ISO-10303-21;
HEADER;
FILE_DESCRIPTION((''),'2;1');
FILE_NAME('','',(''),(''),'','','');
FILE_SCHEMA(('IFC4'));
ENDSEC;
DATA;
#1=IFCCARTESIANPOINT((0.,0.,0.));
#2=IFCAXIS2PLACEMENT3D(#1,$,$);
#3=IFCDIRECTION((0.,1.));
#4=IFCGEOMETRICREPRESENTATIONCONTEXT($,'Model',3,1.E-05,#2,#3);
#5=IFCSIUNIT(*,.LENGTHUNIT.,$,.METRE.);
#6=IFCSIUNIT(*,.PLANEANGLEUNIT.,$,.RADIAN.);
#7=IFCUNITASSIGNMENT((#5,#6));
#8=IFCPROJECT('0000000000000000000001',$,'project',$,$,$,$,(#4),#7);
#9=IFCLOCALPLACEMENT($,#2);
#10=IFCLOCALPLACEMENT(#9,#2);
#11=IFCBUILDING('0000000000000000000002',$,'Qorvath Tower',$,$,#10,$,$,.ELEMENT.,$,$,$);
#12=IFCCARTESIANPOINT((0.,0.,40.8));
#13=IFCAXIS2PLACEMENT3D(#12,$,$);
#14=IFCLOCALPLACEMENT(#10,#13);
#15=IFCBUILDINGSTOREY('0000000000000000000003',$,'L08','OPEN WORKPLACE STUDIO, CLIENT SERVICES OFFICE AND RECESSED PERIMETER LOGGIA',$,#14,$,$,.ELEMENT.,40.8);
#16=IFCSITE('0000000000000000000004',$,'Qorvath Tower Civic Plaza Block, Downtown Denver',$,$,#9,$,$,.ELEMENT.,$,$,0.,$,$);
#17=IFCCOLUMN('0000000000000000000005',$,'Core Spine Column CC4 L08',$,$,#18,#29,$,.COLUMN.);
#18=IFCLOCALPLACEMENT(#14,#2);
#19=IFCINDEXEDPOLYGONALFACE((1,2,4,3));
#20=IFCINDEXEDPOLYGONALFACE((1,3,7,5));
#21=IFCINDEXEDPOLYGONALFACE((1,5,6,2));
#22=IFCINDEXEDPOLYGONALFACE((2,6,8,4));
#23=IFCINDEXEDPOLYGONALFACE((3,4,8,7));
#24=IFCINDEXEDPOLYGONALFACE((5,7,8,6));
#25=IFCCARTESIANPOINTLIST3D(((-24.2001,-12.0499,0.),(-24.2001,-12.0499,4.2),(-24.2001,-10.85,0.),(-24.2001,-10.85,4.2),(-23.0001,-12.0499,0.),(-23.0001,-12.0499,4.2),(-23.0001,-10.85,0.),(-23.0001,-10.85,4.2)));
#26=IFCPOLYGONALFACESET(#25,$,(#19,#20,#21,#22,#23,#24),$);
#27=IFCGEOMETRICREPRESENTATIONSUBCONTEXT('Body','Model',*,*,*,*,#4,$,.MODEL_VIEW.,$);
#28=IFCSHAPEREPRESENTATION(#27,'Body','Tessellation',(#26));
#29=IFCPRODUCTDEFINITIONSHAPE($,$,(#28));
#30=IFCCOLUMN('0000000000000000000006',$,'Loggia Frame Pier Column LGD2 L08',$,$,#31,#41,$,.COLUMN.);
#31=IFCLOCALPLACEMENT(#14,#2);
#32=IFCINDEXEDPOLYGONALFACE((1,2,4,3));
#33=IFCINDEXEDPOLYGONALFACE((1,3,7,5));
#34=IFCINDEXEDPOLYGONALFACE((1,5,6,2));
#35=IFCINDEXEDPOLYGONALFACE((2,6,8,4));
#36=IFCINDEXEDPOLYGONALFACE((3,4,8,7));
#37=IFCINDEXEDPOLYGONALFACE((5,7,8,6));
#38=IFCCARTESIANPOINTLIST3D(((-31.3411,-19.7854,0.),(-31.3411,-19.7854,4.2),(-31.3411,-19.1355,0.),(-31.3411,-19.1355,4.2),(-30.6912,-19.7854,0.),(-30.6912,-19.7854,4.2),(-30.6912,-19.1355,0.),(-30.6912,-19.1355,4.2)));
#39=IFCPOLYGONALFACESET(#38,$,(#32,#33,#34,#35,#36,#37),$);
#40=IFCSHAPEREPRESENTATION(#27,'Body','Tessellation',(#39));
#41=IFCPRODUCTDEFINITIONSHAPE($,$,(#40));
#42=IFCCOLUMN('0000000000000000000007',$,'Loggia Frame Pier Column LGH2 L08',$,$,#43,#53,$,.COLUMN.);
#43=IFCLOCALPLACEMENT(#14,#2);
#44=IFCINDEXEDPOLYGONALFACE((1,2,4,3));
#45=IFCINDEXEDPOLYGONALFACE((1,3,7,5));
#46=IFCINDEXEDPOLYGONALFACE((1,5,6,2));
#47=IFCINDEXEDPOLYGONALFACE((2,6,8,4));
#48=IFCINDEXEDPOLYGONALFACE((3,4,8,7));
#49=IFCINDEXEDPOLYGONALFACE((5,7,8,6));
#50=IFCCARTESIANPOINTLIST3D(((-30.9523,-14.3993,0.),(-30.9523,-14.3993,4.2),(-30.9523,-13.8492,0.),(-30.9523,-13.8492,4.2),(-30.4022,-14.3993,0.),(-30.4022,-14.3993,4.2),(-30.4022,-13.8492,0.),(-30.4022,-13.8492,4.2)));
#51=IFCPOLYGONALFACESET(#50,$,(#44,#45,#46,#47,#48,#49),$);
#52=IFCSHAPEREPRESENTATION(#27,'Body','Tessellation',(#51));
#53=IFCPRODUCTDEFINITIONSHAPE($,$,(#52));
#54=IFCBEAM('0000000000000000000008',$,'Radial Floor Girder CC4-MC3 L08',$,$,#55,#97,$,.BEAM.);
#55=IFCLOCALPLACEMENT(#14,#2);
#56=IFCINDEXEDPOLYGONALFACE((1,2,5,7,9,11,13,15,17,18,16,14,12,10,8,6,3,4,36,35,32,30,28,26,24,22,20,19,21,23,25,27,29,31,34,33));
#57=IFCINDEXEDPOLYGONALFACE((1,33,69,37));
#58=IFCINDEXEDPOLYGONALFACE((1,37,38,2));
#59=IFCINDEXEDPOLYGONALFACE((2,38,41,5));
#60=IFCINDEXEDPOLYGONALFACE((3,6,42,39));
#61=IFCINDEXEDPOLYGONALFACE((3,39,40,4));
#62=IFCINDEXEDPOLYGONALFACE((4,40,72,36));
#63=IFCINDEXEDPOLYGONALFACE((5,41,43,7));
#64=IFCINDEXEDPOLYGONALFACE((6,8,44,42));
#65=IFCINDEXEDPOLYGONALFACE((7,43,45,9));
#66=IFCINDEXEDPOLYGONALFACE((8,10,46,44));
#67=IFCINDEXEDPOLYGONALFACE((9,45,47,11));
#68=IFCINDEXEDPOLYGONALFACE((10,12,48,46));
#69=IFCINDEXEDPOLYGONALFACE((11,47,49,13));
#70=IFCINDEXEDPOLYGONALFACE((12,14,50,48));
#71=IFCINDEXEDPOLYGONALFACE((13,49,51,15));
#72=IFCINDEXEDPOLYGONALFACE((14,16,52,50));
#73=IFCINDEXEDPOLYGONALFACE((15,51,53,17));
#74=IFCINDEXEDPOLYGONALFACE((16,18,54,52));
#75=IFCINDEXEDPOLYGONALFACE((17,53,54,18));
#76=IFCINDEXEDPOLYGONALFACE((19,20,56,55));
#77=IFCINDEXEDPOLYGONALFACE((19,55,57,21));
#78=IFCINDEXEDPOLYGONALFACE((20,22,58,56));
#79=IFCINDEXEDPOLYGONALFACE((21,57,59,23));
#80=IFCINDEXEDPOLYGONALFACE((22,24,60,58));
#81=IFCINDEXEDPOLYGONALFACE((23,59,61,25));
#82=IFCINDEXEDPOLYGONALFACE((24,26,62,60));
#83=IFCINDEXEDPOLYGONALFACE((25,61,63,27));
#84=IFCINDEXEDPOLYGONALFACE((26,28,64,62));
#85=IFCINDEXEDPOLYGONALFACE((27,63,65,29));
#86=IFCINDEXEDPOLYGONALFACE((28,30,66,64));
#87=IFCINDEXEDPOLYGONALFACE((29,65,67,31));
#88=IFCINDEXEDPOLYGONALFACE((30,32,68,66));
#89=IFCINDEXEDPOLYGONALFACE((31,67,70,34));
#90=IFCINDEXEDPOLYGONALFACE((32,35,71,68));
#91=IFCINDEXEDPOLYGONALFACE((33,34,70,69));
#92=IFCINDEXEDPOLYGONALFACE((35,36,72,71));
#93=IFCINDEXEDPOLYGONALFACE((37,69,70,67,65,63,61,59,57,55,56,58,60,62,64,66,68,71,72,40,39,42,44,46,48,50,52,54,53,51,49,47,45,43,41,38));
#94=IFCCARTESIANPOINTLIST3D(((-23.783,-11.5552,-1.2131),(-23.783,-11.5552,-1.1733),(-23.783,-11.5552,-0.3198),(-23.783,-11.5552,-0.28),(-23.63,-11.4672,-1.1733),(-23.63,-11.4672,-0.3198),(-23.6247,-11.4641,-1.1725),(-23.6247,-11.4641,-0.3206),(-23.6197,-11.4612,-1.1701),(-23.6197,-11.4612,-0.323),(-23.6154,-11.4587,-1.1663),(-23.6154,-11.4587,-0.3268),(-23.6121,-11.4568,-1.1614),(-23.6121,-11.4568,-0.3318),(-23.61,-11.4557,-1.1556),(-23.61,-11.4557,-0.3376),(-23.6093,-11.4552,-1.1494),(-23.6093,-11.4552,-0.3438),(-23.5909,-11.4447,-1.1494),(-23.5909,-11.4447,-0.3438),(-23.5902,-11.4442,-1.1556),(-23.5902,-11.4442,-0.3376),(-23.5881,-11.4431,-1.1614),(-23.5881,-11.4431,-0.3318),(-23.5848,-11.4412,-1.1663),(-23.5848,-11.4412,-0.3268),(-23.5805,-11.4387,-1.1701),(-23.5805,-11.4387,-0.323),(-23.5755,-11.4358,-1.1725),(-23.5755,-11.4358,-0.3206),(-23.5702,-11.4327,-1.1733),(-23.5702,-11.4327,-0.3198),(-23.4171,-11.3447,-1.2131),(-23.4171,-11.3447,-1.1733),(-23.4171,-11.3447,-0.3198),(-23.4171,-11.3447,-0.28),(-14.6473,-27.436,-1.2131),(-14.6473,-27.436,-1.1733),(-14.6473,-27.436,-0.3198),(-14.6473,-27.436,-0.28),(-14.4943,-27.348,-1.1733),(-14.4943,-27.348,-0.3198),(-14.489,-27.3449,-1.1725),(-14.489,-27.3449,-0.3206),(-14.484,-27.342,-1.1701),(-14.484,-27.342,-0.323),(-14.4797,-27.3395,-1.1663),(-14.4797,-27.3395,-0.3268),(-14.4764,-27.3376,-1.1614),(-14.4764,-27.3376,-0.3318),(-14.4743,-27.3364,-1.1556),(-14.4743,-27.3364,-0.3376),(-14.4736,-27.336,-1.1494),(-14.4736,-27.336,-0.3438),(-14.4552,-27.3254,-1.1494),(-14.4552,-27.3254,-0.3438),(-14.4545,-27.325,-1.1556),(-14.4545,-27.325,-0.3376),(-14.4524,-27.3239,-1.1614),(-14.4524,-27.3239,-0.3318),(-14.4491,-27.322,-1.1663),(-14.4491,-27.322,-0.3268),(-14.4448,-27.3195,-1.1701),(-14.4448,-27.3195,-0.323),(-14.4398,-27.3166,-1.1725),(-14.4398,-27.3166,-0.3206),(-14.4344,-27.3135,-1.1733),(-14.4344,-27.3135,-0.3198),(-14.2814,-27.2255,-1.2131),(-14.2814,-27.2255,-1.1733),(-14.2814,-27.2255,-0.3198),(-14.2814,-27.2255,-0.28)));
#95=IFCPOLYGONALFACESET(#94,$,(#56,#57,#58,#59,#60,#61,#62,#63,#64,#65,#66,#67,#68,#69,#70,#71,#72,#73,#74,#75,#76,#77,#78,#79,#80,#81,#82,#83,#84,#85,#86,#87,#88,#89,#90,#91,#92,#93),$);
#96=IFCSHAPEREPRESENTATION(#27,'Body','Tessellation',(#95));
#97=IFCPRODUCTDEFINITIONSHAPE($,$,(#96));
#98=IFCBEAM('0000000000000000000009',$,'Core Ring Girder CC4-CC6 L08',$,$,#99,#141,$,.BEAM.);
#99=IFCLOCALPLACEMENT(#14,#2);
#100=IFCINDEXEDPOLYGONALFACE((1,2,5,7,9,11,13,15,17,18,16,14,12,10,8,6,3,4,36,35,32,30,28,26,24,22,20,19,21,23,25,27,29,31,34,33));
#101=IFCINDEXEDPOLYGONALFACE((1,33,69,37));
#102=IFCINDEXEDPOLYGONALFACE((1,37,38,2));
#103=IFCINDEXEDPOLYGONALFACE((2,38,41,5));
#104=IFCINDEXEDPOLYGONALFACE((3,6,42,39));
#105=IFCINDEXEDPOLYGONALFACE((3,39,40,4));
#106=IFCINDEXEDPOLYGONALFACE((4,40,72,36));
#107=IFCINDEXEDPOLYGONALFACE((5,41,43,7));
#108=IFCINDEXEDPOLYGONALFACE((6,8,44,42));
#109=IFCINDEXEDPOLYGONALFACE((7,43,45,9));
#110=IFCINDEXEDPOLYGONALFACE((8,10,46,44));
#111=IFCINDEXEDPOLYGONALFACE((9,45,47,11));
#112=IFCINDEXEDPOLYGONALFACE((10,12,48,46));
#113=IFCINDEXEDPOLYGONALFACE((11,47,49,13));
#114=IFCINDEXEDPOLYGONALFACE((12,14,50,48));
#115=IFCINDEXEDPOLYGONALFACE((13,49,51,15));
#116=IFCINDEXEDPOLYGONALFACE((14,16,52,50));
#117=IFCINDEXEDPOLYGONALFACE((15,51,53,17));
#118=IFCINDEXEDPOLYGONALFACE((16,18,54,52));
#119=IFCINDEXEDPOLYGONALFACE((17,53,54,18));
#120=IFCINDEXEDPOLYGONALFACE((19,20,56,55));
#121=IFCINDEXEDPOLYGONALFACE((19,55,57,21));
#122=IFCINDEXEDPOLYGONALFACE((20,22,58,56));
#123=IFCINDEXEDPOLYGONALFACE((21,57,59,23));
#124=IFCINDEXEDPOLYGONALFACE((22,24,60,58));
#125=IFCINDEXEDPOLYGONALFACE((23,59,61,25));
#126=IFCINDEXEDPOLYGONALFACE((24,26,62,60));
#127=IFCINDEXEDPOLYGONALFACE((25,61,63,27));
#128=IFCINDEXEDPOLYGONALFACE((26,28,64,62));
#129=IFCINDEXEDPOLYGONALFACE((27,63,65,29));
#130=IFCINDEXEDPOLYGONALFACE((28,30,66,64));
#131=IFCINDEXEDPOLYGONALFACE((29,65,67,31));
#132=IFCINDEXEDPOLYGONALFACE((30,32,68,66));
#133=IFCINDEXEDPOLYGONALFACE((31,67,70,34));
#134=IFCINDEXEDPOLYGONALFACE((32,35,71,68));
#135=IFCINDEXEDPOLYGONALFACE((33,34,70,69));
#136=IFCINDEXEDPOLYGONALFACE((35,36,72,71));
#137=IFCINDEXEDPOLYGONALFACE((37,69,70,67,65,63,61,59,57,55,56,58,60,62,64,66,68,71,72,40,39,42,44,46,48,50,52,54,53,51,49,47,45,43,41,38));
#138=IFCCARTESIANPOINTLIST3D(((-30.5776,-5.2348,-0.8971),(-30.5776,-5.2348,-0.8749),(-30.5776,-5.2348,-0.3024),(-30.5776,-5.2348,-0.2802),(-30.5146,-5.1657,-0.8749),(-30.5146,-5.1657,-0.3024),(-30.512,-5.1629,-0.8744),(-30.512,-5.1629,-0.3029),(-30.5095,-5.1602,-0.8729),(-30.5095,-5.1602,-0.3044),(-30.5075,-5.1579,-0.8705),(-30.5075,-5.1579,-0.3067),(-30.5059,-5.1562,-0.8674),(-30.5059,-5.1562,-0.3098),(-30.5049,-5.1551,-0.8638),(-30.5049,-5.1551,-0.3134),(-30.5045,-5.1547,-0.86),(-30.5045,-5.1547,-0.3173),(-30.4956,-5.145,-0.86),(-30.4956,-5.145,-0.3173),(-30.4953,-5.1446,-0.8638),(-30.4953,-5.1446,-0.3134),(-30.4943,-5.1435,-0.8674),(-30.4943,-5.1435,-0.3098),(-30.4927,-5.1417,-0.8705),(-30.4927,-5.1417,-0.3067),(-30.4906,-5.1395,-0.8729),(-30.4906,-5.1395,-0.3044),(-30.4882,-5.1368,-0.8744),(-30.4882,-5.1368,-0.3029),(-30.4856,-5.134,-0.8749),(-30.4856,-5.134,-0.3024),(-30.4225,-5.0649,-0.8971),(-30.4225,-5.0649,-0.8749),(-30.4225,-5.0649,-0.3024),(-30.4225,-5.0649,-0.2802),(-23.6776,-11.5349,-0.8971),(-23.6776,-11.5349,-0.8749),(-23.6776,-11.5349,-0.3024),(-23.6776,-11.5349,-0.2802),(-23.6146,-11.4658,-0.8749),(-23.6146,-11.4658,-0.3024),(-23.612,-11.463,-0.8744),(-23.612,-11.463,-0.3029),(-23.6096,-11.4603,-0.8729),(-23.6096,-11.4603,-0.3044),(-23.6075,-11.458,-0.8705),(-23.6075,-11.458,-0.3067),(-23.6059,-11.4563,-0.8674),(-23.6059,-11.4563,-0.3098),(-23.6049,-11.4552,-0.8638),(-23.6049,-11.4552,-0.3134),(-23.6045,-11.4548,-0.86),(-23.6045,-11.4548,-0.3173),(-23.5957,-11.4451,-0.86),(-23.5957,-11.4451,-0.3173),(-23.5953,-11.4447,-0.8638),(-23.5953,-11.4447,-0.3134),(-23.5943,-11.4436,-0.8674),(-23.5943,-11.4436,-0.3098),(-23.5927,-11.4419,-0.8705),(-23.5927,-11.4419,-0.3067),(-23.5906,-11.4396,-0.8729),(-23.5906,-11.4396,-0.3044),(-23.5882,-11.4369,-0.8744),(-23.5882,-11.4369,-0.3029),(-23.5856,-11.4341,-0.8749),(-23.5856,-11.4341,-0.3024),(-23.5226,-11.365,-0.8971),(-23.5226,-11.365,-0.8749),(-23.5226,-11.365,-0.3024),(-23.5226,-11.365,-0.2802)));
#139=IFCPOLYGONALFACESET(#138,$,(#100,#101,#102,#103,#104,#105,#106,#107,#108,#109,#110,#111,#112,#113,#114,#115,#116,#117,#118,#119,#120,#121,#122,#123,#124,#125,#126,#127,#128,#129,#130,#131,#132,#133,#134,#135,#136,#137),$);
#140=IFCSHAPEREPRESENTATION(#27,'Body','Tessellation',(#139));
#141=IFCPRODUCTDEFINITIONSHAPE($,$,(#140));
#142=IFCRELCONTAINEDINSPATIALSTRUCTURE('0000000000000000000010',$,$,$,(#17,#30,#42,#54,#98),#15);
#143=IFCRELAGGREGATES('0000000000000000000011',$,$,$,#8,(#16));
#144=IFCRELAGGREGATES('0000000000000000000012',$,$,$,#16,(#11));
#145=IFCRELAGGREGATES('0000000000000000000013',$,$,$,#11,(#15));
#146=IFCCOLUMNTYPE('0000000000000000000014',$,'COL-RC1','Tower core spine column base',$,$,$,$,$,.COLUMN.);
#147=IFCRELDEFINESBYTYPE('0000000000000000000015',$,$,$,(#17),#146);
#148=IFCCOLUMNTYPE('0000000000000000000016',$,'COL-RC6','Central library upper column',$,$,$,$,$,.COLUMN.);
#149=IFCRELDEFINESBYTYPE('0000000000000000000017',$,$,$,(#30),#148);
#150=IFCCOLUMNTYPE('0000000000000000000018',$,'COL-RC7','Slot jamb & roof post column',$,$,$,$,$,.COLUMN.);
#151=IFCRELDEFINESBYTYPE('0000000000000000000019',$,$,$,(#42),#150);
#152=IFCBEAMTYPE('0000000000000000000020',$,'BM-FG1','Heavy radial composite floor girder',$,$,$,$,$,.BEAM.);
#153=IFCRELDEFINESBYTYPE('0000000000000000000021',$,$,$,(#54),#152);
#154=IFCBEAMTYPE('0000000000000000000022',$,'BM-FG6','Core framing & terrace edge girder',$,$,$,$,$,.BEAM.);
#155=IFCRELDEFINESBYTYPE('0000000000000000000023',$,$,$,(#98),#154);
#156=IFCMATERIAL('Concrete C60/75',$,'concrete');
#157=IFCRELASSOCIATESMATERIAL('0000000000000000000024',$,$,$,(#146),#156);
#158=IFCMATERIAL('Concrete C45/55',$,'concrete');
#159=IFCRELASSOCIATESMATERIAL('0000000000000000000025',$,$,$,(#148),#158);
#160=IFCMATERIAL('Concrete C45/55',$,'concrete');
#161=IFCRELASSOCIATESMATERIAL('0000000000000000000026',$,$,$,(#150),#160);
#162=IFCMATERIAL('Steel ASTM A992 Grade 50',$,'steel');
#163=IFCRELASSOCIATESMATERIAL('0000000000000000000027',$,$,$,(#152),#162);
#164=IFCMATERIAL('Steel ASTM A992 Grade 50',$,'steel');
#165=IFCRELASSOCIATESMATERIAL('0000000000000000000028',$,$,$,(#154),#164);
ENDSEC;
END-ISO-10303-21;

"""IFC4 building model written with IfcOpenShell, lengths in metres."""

from ifc_helpers import new_model, si_unit, direction, frame, origin, origin_2d, place, context, subcontext, project, spatial, rectangle, i_section, extrude, material, material_profile, profile_set, type_object, element, save


model = new_model("IFC4")

# Units and contexts
model_context = context("Model", 3, precision=1e-05, world=origin(), true_north=direction((0.0, 1.0)))
body_context = subcontext(model_context, "Body", "Model", "MODEL_VIEW")
ifc_project = project(units=[si_unit("LENGTHUNIT", "METRE"), si_unit("PLANEANGLEUNIT", "RADIAN")], contexts=[model_context])

# Site, building, storey
site_placement = place(None, origin())
site = spatial("IfcSite", under=ifc_project, at=site_placement, Name="Qorvath Tower Civic Plaza Block, Downtown Denver", CompositionType="ELEMENT", RefElevation=0.0)
building_placement = place(site_placement, origin())
building = spatial("IfcBuilding", under=site, at=building_placement, Name="Qorvath Tower", CompositionType="ELEMENT")
storey_placement = place(building_placement, frame((0.0, 0.0, 40.8)))
storey = spatial("IfcBuildingStorey", under=building, at=storey_placement, Name="L08", Description="OPEN WORKPLACE STUDIO, CLIENT SERVICES OFFICE AND RECESSED PERIMETER LOGGIA", CompositionType="ELEMENT", Elevation=40.8)

# Columns
ifc_material_1 = material(Name="Concrete C60/75", Category="concrete")
ifc_material_profile_1 = material_profile(ifc_material_1, rectangle(XDim=1.2, YDim=1.2, at=origin_2d()), Name="RC 1200x1200")
ifc_profile_set_1 = profile_set([ifc_material_profile_1], Name="Concrete C60/75")
column_type_1 = type_object("IfcColumnType", Name="COL-RC1", Description="Tower core spine column base", PredefinedType="COLUMN", material=ifc_profile_set_1)
column_1_placement = place(storey_placement, frame((-23.6001, -11.45, 0.0), z_axis=(0.0, 0.0, 1.0), x_axis=(1.0, 0.0, 0.0)))
element("IfcColumn", 1, at=column_1_placement, inside=storey, type_object=column_type_1, Name="Core Spine Column CC4 L08", PredefinedType="COLUMN", context=body_context, shape_type="SweptSolid", body=[
    extrude(rectangle(XDim=1.2, YDim=1.2, at=origin_2d()), origin(), (0.0, 0.0, 1.0), 4.2),
])
ifc_material_2 = material(Name="Concrete C45/55", Category="concrete")
ifc_material_profile_2 = material_profile(ifc_material_2, rectangle(XDim=0.6499, YDim=0.6499, at=origin_2d()), Name="RC 650x650")
ifc_profile_set_2 = profile_set([ifc_material_profile_2], Name="Concrete C45/55")
column_type_2 = type_object("IfcColumnType", Name="COL-RC6", Description="Central library upper column", PredefinedType="COLUMN", material=ifc_profile_set_2)
column_2_placement = place(storey_placement, frame((-31.0161, -19.4604, 0.0), z_axis=(0.0, 0.0, 1.0), x_axis=(1.0, 0.0, 0.0)))
element("IfcColumn", 2, at=column_2_placement, inside=storey, type_object=column_type_2, Name="Loggia Frame Pier Column LGD2 L08", PredefinedType="COLUMN", context=body_context, shape_type="SweptSolid", body=[
    extrude(rectangle(XDim=0.6499, YDim=0.6499, at=origin_2d()), origin(), (0.0, 0.0, 1.0), 4.2),
])
ifc_material_3 = material(Name="Concrete C45/55", Category="concrete")
ifc_material_profile_3 = material_profile(ifc_material_3, rectangle(XDim=0.55, YDim=0.55, at=origin_2d()), Name="RC 550x550")
ifc_profile_set_3 = profile_set([ifc_material_profile_3], Name="Concrete C45/55")
column_type_3 = type_object("IfcColumnType", Name="COL-RC7", Description="Slot jamb & roof post column", PredefinedType="COLUMN", material=ifc_profile_set_3)
column_3_placement = place(storey_placement, frame((-30.6772, -14.1243, 0.0), z_axis=(0.0, 0.0, 1.0), x_axis=(1.0, 0.0, 0.0)))
element("IfcColumn", 3, at=column_3_placement, inside=storey, type_object=column_type_3, Name="Loggia Frame Pier Column LGH2 L08", PredefinedType="COLUMN", context=body_context, shape_type="SweptSolid", body=[
    extrude(rectangle(XDim=0.55, YDim=0.55, at=origin_2d()), origin(), (0.0, 0.0, 1.0), 4.2),
])

# Beams
ifc_material_4 = material(Name="Steel ASTM A992 Grade 50", Category="steel")
ifc_material_profile_4 = material_profile(ifc_material_4, i_section(OverallWidth=0.4221, OverallDepth=0.9331, WebThickness=0.0212, FlangeThickness=0.0398, FilletRadius=0.0239, at=origin_2d()), Name="W36x262")
ifc_profile_set_4 = profile_set([ifc_material_profile_4], Name="Steel ASTM A992 Grade 50")
beam_type_1 = type_object("IfcBeamType", Name="BM-FG1", Description="Heavy radial composite floor girder", PredefinedType="BEAM", material=ifc_profile_set_4)
beam_1_placement = place(storey_placement, frame((-23.6001, -11.45, -0.7466), z_axis=(0.498645, -0.866806, 0.0), x_axis=(0.866806, 0.498645, 0.0)))
element("IfcBeam", 4, at=beam_1_placement, inside=storey, type_object=beam_type_1, Name="Radial Floor Girder CC4-MC3 L08", PredefinedType="BEAM", context=body_context, shape_type="SweptSolid", body=[
    extrude(i_section(OverallWidth=0.4221, OverallDepth=0.9331, WebThickness=0.0212, FlangeThickness=0.0398, FilletRadius=0.0239, at=origin_2d()), origin(), (0.0, 0.0, 1.0), 18.321),
])
ifc_material_5 = material(Name="Steel ASTM A992 Grade 50", Category="steel")
ifc_material_profile_5 = material_profile(ifc_material_5, i_section(OverallWidth=0.23, OverallDepth=0.6169, WebThickness=0.0132, FlangeThickness=0.0222, FilletRadius=0.0149, at=origin_2d()), Name="W24x94")
ifc_profile_set_5 = profile_set([ifc_material_profile_5], Name="Steel ASTM A992 Grade 50")
beam_type_2 = type_object("IfcBeamType", Name="BM-FG6", Description="Core framing & terrace edge girder", PredefinedType="BEAM", material=ifc_profile_set_5)
beam_2_placement = place(storey_placement, frame((-23.6001, -11.45, -0.5886), z_axis=(-0.738478, 0.674277, 0.0), x_axis=(-0.674277, -0.738478, 0.0)))
element("IfcBeam", 5, at=beam_2_placement, inside=storey, type_object=beam_type_2, Name="Core Ring Girder CC4-CC6 L08", PredefinedType="BEAM", context=body_context, shape_type="SweptSolid", body=[
    extrude(i_section(OverallWidth=0.23, OverallDepth=0.6169, WebThickness=0.0132, FlangeThickness=0.0222, FilletRadius=0.0149, at=origin_2d()), origin(), (0.0, 0.0, 1.0), 9.3435),
])

save(model, "model.ifc")
